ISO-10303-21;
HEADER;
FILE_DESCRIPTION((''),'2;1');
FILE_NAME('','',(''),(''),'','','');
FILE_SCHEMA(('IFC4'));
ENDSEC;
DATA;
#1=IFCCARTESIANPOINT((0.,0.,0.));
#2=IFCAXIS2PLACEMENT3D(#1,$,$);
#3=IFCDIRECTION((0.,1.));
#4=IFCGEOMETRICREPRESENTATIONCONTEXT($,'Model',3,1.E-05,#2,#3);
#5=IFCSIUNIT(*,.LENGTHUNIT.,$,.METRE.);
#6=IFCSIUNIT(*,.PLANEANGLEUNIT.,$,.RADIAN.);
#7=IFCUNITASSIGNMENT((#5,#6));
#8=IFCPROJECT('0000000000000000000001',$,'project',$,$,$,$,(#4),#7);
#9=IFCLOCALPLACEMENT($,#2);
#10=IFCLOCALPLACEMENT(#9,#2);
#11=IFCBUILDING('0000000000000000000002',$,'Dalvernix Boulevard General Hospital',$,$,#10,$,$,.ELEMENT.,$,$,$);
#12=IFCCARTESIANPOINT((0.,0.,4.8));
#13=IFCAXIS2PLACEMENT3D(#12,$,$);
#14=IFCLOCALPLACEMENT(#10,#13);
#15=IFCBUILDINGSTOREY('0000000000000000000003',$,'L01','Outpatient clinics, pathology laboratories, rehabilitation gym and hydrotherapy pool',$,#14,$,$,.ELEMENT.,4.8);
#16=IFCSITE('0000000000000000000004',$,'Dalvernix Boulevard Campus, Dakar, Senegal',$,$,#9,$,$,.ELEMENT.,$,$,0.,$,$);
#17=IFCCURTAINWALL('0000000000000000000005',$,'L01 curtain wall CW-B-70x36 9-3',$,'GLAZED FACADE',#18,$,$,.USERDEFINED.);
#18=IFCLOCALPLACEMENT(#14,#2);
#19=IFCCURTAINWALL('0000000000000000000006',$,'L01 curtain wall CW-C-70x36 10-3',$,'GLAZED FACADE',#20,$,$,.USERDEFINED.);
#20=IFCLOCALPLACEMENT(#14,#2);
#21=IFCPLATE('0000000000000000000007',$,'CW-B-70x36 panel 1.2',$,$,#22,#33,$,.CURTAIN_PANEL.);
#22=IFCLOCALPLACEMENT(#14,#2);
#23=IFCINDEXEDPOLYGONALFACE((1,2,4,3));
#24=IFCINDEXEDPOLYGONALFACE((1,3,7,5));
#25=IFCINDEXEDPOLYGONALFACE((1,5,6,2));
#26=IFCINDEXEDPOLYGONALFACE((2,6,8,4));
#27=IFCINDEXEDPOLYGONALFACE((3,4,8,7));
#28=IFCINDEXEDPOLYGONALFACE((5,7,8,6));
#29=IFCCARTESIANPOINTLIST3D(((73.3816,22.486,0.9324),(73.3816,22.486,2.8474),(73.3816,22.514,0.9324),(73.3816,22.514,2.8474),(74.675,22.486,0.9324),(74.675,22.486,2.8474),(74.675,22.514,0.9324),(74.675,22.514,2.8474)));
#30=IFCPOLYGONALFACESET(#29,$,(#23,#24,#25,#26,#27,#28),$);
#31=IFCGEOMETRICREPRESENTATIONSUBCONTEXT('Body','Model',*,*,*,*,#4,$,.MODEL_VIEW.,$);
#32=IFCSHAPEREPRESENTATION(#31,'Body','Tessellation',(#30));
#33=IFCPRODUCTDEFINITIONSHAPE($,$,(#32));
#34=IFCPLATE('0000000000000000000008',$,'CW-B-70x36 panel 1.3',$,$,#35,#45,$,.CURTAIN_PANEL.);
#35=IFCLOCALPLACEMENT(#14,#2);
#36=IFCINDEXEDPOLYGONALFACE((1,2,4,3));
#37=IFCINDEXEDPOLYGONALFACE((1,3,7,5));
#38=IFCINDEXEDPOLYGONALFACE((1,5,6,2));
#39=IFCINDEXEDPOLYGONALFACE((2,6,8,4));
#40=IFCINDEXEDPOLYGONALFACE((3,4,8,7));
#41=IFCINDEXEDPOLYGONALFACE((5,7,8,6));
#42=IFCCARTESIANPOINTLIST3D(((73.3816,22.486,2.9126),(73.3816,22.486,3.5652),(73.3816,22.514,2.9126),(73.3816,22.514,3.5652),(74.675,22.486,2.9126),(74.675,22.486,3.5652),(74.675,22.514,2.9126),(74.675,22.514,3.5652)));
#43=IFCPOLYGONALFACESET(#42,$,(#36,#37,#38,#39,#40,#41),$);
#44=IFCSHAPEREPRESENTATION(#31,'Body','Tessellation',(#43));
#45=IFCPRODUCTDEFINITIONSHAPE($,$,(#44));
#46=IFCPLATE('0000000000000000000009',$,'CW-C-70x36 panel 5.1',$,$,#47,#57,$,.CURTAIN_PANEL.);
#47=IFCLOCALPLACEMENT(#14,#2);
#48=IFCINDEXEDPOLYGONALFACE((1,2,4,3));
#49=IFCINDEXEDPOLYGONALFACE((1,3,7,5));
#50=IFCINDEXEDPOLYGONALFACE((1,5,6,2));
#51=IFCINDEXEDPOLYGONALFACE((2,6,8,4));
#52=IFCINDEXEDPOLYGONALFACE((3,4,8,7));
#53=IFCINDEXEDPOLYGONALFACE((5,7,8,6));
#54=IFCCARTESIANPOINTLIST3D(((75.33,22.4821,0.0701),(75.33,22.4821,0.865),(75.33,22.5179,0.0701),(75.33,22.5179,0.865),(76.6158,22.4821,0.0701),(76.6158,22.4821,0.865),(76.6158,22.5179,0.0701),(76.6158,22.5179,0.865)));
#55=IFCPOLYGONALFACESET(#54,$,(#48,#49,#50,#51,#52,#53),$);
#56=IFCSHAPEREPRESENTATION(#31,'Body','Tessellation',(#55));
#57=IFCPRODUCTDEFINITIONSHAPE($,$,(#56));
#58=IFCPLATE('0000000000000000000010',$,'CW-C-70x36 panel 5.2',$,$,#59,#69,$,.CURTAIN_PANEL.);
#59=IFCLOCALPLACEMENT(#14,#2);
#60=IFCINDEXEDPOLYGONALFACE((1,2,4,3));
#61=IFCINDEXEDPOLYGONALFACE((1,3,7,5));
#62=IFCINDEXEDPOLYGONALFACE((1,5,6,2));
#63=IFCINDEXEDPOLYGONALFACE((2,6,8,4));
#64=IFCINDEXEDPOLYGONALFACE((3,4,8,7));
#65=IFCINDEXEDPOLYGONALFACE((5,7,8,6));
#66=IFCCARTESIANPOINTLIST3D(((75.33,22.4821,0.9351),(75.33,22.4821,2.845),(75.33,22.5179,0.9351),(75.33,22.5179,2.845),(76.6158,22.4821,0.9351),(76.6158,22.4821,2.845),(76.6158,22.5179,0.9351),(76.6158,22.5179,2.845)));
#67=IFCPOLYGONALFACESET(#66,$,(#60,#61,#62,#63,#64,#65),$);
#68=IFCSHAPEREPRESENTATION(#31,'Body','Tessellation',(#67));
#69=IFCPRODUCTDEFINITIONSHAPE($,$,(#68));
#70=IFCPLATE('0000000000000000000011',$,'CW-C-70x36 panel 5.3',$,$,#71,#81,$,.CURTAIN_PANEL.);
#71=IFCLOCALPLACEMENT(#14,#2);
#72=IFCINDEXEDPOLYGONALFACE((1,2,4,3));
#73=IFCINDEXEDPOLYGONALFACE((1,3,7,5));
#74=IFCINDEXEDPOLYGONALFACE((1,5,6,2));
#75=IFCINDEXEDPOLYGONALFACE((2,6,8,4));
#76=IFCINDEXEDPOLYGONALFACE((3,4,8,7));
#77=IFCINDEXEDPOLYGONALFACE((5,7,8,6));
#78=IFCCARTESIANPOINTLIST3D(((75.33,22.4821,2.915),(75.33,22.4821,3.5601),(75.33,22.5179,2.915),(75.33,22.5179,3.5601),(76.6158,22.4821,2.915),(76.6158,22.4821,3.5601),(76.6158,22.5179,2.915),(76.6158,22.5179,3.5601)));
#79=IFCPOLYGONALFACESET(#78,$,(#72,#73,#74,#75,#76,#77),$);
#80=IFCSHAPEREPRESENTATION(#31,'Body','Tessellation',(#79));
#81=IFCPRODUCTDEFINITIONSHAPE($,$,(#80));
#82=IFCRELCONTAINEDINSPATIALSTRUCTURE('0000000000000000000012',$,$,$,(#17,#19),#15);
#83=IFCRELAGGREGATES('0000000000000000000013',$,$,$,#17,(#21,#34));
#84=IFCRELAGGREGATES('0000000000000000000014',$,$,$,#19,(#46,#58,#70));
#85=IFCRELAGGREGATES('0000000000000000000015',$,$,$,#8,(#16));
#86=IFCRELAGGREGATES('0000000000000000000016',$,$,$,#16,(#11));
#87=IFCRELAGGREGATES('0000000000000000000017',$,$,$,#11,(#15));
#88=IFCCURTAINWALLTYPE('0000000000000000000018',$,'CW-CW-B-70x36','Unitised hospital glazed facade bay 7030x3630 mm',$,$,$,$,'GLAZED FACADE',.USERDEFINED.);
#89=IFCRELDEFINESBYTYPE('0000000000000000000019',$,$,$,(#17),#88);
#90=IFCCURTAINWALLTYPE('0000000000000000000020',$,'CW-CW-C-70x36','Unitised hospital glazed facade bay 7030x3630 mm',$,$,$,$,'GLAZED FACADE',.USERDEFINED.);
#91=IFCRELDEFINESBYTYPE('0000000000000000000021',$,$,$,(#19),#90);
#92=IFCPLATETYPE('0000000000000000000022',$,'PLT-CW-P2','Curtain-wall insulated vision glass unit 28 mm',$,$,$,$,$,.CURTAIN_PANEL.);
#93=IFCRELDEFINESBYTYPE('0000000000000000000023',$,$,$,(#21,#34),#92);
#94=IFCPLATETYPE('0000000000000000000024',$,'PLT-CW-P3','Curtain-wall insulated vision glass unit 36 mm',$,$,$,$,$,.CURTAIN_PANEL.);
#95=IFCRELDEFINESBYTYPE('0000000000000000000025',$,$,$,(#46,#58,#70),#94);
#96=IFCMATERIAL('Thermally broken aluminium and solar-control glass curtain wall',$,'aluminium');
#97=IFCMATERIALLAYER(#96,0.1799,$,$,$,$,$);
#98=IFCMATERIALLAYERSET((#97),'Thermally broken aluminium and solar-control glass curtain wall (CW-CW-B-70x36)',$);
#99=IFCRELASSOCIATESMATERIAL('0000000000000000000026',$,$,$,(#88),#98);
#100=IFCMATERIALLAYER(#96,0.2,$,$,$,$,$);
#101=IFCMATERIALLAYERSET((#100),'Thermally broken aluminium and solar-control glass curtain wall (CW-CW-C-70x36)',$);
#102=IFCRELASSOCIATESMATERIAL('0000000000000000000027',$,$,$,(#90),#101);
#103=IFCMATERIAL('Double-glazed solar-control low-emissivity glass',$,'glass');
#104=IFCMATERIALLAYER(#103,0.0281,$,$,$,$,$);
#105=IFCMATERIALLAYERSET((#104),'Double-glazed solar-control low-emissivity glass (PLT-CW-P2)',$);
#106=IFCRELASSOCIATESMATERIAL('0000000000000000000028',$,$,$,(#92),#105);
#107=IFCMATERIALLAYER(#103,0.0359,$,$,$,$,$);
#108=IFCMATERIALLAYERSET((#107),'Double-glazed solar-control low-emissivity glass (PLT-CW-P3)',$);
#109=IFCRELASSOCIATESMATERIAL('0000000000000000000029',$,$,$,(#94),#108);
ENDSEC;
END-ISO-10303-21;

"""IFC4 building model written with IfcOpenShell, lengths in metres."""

from ifc_helpers import new_model, si_unit, direction, frame, origin, origin_2d, place, context, subcontext, project, spatial, rectangle, extrude, material, layer, layer_set, type_object, element, aggregate, save


model = new_model("IFC4")

# Units and contexts
model_context = context("Model", 3, precision=1e-05, world=origin(), true_north=direction((0.0, 1.0)))
body_context = subcontext(model_context, "Body", "Model", "MODEL_VIEW")
ifc_project = project(units=[si_unit("LENGTHUNIT", "METRE"), si_unit("PLANEANGLEUNIT", "RADIAN")], contexts=[model_context])

# Site, building, storey
site_placement = place(None, origin())
site = spatial("IfcSite", under=ifc_project, at=site_placement, Name="Dalvernix Boulevard Campus, Dakar, Senegal", CompositionType="ELEMENT", RefElevation=0.0)
building_placement = place(site_placement, origin())
building = spatial("IfcBuilding", under=site, at=building_placement, Name="Dalvernix Boulevard General Hospital", CompositionType="ELEMENT")
storey_placement = place(building_placement, frame((0.0, 0.0, 4.8)))
storey = spatial("IfcBuildingStorey", under=building, at=storey_placement, Name="L01", Description="Outpatient clinics, pathology laboratories, rehabilitation gym and hydrotherapy pool", CompositionType="ELEMENT", Elevation=4.8)

# Curtain wall
ifc_material_1 = material(Name="Thermally broken aluminium and solar-control glass curtain wall", Category="aluminium")
ifc_layer_1 = layer(ifc_material_1, 0.1799)
ifc_layer_set_1 = layer_set([ifc_layer_1], Name="Thermally broken aluminium and solar-control glass curtain wall (CW-CW-B-70x36)")
curtain_wall_type_1 = type_object("IfcCurtainWallType", Name="CW-CW-B-70x36", Description="Unitised hospital glazed facade bay 7030x3630 mm", ElementType="GLAZED FACADE", PredefinedType="USERDEFINED", material=ifc_layer_set_1)
curtain_wall_1_placement = place(storey_placement, origin())
curtain_wall_1 = element("IfcCurtainWall", 1, at=curtain_wall_1_placement, inside=storey, type_object=curtain_wall_type_1, Name="L01 curtain wall CW-B-70x36 9-3", ObjectType="GLAZED FACADE", PredefinedType="USERDEFINED")

# Curtain wall
ifc_layer_2 = layer(ifc_material_1, 0.2)
ifc_layer_set_2 = layer_set([ifc_layer_2], Name="Thermally broken aluminium and solar-control glass curtain wall (CW-CW-C-70x36)")
curtain_wall_type_2 = type_object("IfcCurtainWallType", Name="CW-CW-C-70x36", Description="Unitised hospital glazed facade bay 7030x3630 mm", ElementType="GLAZED FACADE", PredefinedType="USERDEFINED", material=ifc_layer_set_2)
curtain_wall_2_placement = place(storey_placement, origin())
curtain_wall_2 = element("IfcCurtainWall", 2, at=curtain_wall_2_placement, inside=storey, type_object=curtain_wall_type_2, Name="L01 curtain wall CW-C-70x36 10-3", ObjectType="GLAZED FACADE", PredefinedType="USERDEFINED")

# Plates
ifc_material_2 = material(Name="Double-glazed solar-control low-emissivity glass", Category="glass")
ifc_layer_3 = layer(ifc_material_2, 0.0281)
ifc_layer_set_3 = layer_set([ifc_layer_3], Name="Double-glazed solar-control low-emissivity glass (PLT-CW-P2)")
plate_type_1 = type_object("IfcPlateType", Name="PLT-CW-P2", Description="Curtain-wall insulated vision glass unit 28 mm", PredefinedType="CURTAIN_PANEL", material=ifc_layer_set_3)
plate_1_placement = place(storey_placement, frame((74.0283, 22.5, 0.9324), z_axis=(0.0, 0.0, 1.0), x_axis=(-1.0, 0.0, 0.0)))
plate_1 = element("IfcPlate", 3, at=plate_1_placement, type_object=plate_type_1, Name="CW-B-70x36 panel 1.2", PredefinedType="CURTAIN_PANEL", context=body_context, shape_type="SweptSolid", body=[
    extrude(rectangle(XDim=1.2935, YDim=0.0281, at=origin_2d()), origin(), (0.0, 0.0, 1.0), 1.915),
])
plate_2_placement = place(storey_placement, frame((74.0283, 22.5, 2.9126), z_axis=(0.0, 0.0, 1.0), x_axis=(-1.0, 0.0, 0.0)))
plate_2 = element("IfcPlate", 4, at=plate_2_placement, type_object=plate_type_1, Name="CW-B-70x36 panel 1.3", PredefinedType="CURTAIN_PANEL", context=body_context, shape_type="SweptSolid", body=[
    extrude(rectangle(XDim=1.2935, YDim=0.0281, at=origin_2d()), origin(), (0.0, 0.0, 1.0), 0.6526),
])
aggregate(curtain_wall_1, [plate_1, plate_2])
ifc_layer_4 = layer(ifc_material_2, 0.0359)
ifc_layer_set_4 = layer_set([ifc_layer_4], Name="Double-glazed solar-control low-emissivity glass (PLT-CW-P3)")
plate_type_2 = type_object("IfcPlateType", Name="PLT-CW-P3", Description="Curtain-wall insulated vision glass unit 36 mm", PredefinedType="CURTAIN_PANEL", material=ifc_layer_set_4)
plate_3_placement = place(storey_placement, frame((75.9729, 22.5, 0.0701), z_axis=(0.0, 0.0, 1.0), x_axis=(-1.0, 0.0, 0.0)))
plate_3 = element("IfcPlate", 5, at=plate_3_placement, type_object=plate_type_2, Name="CW-C-70x36 panel 5.1", PredefinedType="CURTAIN_PANEL", context=body_context, shape_type="SweptSolid", body=[
    extrude(rectangle(XDim=1.2859, YDim=0.0359, at=origin_2d()), origin(), (0.0, 0.0, 1.0), 0.7949),
])
plate_4_placement = place(storey_placement, frame((75.9729, 22.5, 0.9351), z_axis=(0.0, 0.0, 1.0), x_axis=(-1.0, 0.0, 0.0)))
plate_4 = element("IfcPlate", 6, at=plate_4_placement, type_object=plate_type_2, Name="CW-C-70x36 panel 5.2", PredefinedType="CURTAIN_PANEL", context=body_context, shape_type="SweptSolid", body=[
    extrude(rectangle(XDim=1.2859, YDim=0.0359, at=origin_2d()), origin(), (0.0, 0.0, 1.0), 1.9099),
])
plate_5_placement = place(storey_placement, frame((75.9729, 22.5, 2.915), z_axis=(0.0, 0.0, 1.0), x_axis=(-1.0, 0.0, 0.0)))
plate_5 = element("IfcPlate", 7, at=plate_5_placement, type_object=plate_type_2, Name="CW-C-70x36 panel 5.3", PredefinedType="CURTAIN_PANEL", context=body_context, shape_type="SweptSolid", body=[
    extrude(rectangle(XDim=1.2859, YDim=0.0359, at=origin_2d()), origin(), (0.0, 0.0, 1.0), 0.645),
])
aggregate(curtain_wall_2, [plate_3, plate_4, plate_5])

save(model, "model.ifc")
